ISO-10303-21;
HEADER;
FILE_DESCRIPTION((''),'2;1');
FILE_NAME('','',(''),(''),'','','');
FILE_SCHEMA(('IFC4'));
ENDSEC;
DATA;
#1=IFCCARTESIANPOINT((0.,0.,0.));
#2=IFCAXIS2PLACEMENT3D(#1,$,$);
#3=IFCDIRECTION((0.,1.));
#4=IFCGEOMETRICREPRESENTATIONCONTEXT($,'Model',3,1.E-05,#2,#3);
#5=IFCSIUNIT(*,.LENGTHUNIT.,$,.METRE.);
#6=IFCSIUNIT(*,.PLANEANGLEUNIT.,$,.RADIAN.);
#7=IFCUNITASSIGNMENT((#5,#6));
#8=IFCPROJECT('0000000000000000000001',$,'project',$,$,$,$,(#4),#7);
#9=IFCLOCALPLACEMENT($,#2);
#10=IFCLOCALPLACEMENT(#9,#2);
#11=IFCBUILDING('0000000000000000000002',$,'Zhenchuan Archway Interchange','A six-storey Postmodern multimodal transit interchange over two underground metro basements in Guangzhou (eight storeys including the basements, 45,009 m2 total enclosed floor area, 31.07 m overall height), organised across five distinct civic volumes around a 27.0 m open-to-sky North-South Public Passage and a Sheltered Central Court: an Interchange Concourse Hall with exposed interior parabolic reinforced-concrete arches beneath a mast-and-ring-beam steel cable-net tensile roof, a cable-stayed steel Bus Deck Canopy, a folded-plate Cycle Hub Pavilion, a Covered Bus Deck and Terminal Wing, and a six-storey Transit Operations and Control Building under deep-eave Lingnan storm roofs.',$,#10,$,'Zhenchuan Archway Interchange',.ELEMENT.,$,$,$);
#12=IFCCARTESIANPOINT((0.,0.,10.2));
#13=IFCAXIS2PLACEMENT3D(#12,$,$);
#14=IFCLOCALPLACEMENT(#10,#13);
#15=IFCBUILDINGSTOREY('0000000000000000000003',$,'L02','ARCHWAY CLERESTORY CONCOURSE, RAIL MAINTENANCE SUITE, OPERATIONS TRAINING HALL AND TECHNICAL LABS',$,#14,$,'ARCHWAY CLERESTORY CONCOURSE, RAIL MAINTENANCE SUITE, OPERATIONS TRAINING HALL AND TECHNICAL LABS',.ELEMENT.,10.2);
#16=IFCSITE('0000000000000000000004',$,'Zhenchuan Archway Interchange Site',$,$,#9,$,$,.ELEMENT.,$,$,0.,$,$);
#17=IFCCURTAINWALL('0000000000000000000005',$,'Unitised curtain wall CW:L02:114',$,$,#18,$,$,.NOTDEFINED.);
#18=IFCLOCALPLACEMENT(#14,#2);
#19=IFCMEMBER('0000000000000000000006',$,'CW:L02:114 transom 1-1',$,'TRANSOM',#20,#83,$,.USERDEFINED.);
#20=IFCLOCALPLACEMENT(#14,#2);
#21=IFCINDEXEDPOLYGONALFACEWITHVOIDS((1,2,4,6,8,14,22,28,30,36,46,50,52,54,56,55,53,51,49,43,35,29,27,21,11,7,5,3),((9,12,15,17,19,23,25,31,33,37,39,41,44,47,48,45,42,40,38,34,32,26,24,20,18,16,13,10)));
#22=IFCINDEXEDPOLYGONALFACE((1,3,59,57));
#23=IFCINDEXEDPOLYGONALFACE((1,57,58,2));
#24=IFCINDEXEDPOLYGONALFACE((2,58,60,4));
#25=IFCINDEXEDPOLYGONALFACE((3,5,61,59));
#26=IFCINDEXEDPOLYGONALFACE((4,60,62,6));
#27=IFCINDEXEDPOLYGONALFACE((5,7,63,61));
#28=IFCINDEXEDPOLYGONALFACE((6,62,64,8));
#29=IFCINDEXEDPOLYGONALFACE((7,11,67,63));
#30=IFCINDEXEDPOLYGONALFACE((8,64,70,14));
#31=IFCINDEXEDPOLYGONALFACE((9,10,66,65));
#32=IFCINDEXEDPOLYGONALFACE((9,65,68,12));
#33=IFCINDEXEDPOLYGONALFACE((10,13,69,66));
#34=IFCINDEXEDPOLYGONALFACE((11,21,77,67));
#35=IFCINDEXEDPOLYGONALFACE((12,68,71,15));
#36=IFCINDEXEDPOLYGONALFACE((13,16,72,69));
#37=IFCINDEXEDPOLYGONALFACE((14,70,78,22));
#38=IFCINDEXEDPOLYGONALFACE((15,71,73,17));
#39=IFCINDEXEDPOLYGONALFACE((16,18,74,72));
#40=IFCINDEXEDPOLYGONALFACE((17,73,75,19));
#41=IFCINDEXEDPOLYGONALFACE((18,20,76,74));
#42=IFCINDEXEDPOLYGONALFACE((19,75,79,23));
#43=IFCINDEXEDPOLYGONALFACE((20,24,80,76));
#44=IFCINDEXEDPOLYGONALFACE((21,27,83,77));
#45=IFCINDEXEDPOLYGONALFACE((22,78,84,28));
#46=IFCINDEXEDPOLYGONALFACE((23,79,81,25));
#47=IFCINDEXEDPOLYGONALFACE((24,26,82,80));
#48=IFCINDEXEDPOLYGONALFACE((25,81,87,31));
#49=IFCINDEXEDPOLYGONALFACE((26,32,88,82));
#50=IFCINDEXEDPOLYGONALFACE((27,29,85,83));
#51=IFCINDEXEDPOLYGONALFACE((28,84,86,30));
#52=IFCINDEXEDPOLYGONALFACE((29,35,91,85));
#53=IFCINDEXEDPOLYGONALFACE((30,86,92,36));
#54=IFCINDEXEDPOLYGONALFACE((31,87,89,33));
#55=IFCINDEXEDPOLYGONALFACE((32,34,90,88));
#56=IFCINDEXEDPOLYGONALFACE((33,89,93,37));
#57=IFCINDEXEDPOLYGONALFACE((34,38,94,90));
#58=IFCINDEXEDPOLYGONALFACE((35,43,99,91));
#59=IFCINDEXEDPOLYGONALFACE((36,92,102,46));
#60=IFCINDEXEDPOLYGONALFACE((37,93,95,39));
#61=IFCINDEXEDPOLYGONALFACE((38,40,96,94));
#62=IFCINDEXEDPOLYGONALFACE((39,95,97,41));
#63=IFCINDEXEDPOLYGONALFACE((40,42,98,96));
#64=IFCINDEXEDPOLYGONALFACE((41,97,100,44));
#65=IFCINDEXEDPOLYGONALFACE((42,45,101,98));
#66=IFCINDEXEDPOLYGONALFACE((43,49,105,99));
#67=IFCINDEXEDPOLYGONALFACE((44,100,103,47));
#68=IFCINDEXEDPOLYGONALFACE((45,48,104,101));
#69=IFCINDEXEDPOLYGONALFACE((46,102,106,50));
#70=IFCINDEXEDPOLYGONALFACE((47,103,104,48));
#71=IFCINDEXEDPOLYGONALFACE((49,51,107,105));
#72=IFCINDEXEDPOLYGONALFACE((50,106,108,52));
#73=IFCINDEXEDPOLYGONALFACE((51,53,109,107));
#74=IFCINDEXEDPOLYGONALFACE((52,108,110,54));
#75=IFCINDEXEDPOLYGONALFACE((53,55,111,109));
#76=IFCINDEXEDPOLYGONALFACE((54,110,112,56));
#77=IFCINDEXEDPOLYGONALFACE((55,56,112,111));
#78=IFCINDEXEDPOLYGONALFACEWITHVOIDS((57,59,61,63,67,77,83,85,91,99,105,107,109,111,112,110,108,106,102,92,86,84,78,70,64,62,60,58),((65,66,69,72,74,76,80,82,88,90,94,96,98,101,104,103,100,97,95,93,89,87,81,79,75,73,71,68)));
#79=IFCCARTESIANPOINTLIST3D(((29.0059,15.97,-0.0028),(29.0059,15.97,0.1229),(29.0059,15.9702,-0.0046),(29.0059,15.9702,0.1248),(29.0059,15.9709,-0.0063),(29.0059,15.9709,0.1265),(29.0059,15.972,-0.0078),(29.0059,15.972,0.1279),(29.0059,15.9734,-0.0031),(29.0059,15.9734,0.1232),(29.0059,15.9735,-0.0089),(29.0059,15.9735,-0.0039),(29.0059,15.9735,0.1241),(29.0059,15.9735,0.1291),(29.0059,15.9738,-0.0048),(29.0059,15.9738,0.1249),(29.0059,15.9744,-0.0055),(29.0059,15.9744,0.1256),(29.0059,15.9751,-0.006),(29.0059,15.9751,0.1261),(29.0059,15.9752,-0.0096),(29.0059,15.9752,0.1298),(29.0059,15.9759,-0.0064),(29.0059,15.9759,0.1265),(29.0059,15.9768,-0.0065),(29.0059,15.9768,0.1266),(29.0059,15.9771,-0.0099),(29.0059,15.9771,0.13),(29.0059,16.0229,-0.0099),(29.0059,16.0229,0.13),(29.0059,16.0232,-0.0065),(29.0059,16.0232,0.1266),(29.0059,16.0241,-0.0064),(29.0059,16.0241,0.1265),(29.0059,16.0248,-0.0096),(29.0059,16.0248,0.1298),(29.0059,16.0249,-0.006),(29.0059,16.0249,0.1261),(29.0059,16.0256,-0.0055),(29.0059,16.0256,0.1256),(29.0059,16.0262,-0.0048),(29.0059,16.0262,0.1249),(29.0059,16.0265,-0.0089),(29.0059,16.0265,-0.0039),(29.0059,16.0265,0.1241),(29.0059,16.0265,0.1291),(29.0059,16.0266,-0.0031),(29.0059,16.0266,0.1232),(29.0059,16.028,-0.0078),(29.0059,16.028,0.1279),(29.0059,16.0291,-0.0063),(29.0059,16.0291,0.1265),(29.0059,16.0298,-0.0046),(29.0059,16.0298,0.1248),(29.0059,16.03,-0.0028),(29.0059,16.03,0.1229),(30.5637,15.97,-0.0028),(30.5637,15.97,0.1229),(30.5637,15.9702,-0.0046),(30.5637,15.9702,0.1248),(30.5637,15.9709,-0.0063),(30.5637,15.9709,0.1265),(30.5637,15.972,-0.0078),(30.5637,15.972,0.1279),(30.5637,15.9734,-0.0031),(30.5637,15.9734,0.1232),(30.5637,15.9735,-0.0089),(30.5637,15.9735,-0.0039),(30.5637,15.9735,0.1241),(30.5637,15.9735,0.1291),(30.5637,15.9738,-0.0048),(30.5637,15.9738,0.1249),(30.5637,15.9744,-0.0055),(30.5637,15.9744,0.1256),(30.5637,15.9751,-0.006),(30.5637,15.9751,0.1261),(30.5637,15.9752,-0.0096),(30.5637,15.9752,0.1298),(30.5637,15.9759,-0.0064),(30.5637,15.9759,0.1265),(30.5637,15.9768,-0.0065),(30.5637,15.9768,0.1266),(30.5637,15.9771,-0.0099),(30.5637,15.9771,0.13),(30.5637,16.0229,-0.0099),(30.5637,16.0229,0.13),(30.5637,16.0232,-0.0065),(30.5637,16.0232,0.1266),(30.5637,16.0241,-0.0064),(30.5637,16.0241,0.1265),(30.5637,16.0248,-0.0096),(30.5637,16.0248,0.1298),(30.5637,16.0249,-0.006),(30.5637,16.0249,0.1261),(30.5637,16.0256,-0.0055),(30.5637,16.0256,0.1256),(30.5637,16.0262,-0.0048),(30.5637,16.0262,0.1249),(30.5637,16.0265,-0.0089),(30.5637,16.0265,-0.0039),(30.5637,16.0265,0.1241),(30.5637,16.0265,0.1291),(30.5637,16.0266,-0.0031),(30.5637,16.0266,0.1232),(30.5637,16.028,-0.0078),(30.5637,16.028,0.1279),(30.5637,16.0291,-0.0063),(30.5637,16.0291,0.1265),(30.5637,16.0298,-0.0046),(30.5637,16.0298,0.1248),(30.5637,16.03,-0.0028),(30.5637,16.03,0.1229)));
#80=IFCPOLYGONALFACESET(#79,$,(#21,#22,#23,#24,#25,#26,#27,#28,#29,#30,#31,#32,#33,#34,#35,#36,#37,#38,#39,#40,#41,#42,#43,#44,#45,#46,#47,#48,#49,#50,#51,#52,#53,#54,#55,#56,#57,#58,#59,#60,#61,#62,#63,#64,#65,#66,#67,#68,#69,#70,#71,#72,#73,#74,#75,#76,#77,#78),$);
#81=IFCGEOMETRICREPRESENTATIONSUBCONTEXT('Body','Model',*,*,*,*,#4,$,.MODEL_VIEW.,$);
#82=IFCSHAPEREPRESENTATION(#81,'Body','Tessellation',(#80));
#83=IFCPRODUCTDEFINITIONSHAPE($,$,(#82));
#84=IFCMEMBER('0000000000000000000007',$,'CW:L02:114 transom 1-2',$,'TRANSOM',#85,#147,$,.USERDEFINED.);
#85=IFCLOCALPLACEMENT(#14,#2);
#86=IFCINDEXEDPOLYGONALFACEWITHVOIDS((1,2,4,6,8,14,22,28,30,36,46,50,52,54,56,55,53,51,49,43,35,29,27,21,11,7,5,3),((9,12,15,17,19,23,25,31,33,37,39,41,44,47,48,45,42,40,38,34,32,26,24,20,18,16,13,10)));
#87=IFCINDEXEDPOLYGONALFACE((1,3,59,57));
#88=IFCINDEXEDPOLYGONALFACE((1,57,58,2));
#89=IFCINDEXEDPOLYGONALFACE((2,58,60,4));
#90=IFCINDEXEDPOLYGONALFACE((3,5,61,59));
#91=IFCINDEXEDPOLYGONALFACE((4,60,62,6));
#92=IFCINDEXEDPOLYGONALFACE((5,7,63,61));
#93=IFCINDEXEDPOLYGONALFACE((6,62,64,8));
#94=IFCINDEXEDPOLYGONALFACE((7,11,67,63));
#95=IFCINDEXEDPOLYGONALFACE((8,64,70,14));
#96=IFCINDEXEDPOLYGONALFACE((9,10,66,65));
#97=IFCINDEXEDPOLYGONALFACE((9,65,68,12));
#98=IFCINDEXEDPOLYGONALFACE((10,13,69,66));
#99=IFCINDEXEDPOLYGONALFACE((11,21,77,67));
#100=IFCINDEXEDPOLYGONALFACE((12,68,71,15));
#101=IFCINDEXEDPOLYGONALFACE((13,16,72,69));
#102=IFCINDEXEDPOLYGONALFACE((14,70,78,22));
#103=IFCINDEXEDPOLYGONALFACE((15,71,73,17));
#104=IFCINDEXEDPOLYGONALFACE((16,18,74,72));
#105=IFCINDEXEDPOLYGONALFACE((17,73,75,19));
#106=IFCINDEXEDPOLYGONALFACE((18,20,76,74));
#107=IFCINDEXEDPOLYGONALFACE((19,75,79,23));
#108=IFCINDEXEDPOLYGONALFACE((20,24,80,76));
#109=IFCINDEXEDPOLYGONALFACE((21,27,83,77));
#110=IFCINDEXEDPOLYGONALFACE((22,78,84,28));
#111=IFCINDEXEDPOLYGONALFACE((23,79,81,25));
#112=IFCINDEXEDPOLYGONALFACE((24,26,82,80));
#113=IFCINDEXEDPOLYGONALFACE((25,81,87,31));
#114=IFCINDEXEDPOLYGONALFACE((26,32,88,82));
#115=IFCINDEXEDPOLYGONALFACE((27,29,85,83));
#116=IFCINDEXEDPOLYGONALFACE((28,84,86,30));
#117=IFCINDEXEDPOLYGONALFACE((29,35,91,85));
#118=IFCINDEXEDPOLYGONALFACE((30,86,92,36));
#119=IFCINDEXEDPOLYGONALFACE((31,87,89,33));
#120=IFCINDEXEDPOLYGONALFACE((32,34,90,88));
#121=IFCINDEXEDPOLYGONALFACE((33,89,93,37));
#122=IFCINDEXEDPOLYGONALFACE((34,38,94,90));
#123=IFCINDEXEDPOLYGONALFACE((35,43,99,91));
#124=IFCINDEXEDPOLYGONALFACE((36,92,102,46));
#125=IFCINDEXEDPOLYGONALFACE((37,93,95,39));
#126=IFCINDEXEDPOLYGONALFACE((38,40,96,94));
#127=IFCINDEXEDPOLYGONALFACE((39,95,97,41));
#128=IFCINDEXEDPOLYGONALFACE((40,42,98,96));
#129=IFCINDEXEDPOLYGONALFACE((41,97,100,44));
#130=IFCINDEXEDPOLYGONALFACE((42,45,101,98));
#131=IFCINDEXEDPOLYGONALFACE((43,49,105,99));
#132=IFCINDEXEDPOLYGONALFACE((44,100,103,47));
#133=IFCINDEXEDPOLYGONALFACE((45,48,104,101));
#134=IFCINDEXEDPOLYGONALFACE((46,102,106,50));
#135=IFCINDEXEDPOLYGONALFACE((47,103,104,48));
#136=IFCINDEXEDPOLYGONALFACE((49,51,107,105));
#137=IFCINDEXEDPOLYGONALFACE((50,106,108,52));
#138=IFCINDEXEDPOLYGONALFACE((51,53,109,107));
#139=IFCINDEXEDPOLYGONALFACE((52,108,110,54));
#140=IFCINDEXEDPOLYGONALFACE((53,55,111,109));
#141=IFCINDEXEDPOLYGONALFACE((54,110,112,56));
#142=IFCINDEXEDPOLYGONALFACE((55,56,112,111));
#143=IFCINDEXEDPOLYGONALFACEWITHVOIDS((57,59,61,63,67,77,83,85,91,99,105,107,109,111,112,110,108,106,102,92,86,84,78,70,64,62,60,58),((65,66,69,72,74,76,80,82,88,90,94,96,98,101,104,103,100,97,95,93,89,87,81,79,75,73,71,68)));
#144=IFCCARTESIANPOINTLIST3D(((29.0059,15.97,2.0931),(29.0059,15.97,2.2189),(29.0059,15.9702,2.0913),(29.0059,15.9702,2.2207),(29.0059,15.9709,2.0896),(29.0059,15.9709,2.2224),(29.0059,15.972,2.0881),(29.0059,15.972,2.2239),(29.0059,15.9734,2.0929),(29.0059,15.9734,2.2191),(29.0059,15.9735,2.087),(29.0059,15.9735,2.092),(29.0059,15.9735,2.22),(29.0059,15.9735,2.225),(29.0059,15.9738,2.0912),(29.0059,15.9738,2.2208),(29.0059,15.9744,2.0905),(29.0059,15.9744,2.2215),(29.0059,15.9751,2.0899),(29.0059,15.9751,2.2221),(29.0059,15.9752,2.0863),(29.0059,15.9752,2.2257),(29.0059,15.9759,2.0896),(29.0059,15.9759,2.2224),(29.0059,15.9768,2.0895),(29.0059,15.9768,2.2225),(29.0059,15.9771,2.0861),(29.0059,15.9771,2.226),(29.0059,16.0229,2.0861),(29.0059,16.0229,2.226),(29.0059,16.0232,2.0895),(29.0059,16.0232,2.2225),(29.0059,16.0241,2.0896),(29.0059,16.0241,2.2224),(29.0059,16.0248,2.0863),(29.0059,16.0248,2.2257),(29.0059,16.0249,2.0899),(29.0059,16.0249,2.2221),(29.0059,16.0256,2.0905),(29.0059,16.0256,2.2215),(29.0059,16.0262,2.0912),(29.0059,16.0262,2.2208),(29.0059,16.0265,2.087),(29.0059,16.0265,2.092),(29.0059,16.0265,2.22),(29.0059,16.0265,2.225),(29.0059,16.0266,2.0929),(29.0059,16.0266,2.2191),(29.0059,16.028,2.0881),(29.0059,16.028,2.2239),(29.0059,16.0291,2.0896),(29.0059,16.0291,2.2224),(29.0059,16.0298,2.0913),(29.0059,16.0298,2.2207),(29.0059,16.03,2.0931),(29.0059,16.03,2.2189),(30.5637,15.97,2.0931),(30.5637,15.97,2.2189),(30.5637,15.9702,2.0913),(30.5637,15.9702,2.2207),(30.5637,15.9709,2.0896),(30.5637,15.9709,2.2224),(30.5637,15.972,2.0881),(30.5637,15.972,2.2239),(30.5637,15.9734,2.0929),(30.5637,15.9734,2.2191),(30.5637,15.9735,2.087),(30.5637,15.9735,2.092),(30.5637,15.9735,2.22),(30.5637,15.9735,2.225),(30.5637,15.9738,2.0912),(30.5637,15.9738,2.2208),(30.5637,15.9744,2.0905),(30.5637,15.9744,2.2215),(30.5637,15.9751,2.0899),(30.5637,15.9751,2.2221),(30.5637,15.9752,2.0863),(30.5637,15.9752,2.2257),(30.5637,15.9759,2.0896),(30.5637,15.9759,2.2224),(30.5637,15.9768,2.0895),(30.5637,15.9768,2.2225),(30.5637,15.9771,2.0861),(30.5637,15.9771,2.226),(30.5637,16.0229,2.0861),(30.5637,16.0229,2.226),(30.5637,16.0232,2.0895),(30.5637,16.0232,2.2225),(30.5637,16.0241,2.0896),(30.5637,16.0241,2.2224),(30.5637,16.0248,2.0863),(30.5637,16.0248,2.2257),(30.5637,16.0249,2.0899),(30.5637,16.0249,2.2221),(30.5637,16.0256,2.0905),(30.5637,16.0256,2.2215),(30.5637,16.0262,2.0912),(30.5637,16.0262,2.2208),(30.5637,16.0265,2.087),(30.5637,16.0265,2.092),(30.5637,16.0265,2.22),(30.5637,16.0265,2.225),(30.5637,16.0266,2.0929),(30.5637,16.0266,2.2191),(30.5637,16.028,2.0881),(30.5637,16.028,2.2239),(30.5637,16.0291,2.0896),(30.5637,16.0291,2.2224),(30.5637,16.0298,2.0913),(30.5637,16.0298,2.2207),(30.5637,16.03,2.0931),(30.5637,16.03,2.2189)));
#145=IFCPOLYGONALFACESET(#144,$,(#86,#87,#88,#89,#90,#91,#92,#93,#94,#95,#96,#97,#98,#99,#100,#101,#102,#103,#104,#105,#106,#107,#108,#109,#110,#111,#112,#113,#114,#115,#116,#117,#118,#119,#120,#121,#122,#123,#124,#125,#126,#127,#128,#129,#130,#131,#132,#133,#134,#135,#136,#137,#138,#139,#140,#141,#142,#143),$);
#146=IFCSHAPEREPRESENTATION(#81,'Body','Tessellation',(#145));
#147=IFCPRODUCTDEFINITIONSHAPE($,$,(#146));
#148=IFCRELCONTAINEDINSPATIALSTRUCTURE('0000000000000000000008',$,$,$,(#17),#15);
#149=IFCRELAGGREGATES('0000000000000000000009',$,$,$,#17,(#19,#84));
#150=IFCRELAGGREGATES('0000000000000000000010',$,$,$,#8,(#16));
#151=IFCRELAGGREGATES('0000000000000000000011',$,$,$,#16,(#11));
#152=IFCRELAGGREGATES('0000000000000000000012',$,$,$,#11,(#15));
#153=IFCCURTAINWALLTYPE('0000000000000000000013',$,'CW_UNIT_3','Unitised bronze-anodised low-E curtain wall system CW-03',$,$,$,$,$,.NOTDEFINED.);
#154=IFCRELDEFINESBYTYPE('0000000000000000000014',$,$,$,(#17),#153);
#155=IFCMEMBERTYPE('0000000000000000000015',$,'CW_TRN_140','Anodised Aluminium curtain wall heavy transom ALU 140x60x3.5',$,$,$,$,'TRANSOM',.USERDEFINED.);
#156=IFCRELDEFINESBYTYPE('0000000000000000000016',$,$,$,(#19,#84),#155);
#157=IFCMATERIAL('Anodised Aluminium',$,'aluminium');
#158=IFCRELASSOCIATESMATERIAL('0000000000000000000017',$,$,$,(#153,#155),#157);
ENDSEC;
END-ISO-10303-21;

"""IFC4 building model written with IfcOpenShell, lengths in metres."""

from ifc_helpers import new_model, si_unit, direction, frame, origin, origin_2d, place, context, subcontext, project, spatial, hollow_rectangle, extrude, material, material_profile, profile_set, type_object, element, aggregate, save


model = new_model("IFC4")

# Units and contexts
model_context = context("Model", 3, precision=1e-05, world=origin(), true_north=direction((0.0, 1.0)))
body_context = subcontext(model_context, "Body", "Model", "MODEL_VIEW")
ifc_project = project(units=[si_unit("LENGTHUNIT", "METRE"), si_unit("PLANEANGLEUNIT", "RADIAN")], contexts=[model_context])

# Site, building, storey
site_placement = place(None, origin())
site = spatial("IfcSite", under=ifc_project, at=site_placement, Name="Zhenchuan Archway Interchange Site", CompositionType="ELEMENT", RefElevation=0.0)
building_placement = place(site_placement, origin())
building = spatial("IfcBuilding", under=site, at=building_placement, Name="Zhenchuan Archway Interchange", Description="A six-storey Postmodern multimodal transit interchange over two underground metro basements in Guangzhou (eight storeys including the basements, 45,009 m2 total enclosed floor area, 31.07 m overall height), organised across five distinct civic volumes around a 27.0 m open-to-sky North-South Public Passage and a Sheltered Central Court: an Interchange Concourse Hall with exposed interior parabolic reinforced-concrete arches beneath a mast-and-ring-beam steel cable-net tensile roof, a cable-stayed steel Bus Deck Canopy, a folded-plate Cycle Hub Pavilion, a Covered Bus Deck and Terminal Wing, and a six-storey Transit Operations and Control Building under deep-eave Lingnan storm roofs.", LongName="Zhenchuan Archway Interchange", CompositionType="ELEMENT")
storey_placement = place(building_placement, frame((0.0, 0.0, 10.2)))
storey = spatial("IfcBuildingStorey", under=building, at=storey_placement, Name="L02", Description="ARCHWAY CLERESTORY CONCOURSE, RAIL MAINTENANCE SUITE, OPERATIONS TRAINING HALL AND TECHNICAL LABS", LongName="ARCHWAY CLERESTORY CONCOURSE, RAIL MAINTENANCE SUITE, OPERATIONS TRAINING HALL AND TECHNICAL LABS", CompositionType="ELEMENT", Elevation=10.2)

# Curtain wall, members
ifc_material_1 = material(Name="Anodised Aluminium", Category="aluminium")
curtain_wall_type = type_object("IfcCurtainWallType", Name="CW_UNIT_3", Description="Unitised bronze-anodised low-E curtain wall system CW-03", PredefinedType="NOTDEFINED", material=ifc_material_1)
curtain_wall_placement = place(storey_placement, origin())
curtain_wall = element("IfcCurtainWall", 1, at=curtain_wall_placement, inside=storey, type_object=curtain_wall_type, Name="Unitised curtain wall CW:L02:114", PredefinedType="NOTDEFINED")
ifc_material_profile_1 = material_profile(ifc_material_1, hollow_rectangle(XDim=0.0601, YDim=0.1399, WallThickness=0.0034, InnerFilletRadius=0.0034, OuterFilletRadius=0.0071, at=origin_2d()), Name="ALU 140x60x3.5")
ifc_profile_set_1 = profile_set([ifc_material_profile_1], Name="Anodised Aluminium")
member_type_1 = type_object("IfcMemberType", Name="CW_TRN_140", Description="Anodised Aluminium curtain wall heavy transom ALU 140x60x3.5", ElementType="TRANSOM", PredefinedType="USERDEFINED", material=ifc_profile_set_1)
member_1_placement = place(storey_placement, frame((29.0059, 16.0, 0.0601), z_axis=(1.0, 0.0, 0.0), x_axis=(0.0, 1.0, 0.0)))
member_1 = element("IfcMember", 2, at=member_1_placement, type_object=member_type_1, Name="CW:L02:114 transom 1-1", ObjectType="TRANSOM", PredefinedType="USERDEFINED", context=body_context, shape_type="SweptSolid", body=[
    extrude(hollow_rectangle(XDim=0.0601, YDim=0.1399, WallThickness=0.0034, InnerFilletRadius=0.0034, OuterFilletRadius=0.0071, at=origin_2d()), origin(), (0.0, 0.0, 1.0), 1.5579),
])
member_2_placement = place(storey_placement, frame((29.0059, 16.0, 2.156), z_axis=(1.0, 0.0, 0.0), x_axis=(0.0, 1.0, 0.0)))
member_2 = element("IfcMember", 3, at=member_2_placement, type_object=member_type_1, Name="CW:L02:114 transom 1-2", ObjectType="TRANSOM", PredefinedType="USERDEFINED", context=body_context, shape_type="SweptSolid", body=[
    extrude(hollow_rectangle(XDim=0.0601, YDim=0.1399, WallThickness=0.0034, InnerFilletRadius=0.0034, OuterFilletRadius=0.0071, at=origin_2d()), origin(), (0.0, 0.0, 1.0), 1.5579),
])
aggregate(curtain_wall, [member_1, member_2])

save(model, "model.ifc")
